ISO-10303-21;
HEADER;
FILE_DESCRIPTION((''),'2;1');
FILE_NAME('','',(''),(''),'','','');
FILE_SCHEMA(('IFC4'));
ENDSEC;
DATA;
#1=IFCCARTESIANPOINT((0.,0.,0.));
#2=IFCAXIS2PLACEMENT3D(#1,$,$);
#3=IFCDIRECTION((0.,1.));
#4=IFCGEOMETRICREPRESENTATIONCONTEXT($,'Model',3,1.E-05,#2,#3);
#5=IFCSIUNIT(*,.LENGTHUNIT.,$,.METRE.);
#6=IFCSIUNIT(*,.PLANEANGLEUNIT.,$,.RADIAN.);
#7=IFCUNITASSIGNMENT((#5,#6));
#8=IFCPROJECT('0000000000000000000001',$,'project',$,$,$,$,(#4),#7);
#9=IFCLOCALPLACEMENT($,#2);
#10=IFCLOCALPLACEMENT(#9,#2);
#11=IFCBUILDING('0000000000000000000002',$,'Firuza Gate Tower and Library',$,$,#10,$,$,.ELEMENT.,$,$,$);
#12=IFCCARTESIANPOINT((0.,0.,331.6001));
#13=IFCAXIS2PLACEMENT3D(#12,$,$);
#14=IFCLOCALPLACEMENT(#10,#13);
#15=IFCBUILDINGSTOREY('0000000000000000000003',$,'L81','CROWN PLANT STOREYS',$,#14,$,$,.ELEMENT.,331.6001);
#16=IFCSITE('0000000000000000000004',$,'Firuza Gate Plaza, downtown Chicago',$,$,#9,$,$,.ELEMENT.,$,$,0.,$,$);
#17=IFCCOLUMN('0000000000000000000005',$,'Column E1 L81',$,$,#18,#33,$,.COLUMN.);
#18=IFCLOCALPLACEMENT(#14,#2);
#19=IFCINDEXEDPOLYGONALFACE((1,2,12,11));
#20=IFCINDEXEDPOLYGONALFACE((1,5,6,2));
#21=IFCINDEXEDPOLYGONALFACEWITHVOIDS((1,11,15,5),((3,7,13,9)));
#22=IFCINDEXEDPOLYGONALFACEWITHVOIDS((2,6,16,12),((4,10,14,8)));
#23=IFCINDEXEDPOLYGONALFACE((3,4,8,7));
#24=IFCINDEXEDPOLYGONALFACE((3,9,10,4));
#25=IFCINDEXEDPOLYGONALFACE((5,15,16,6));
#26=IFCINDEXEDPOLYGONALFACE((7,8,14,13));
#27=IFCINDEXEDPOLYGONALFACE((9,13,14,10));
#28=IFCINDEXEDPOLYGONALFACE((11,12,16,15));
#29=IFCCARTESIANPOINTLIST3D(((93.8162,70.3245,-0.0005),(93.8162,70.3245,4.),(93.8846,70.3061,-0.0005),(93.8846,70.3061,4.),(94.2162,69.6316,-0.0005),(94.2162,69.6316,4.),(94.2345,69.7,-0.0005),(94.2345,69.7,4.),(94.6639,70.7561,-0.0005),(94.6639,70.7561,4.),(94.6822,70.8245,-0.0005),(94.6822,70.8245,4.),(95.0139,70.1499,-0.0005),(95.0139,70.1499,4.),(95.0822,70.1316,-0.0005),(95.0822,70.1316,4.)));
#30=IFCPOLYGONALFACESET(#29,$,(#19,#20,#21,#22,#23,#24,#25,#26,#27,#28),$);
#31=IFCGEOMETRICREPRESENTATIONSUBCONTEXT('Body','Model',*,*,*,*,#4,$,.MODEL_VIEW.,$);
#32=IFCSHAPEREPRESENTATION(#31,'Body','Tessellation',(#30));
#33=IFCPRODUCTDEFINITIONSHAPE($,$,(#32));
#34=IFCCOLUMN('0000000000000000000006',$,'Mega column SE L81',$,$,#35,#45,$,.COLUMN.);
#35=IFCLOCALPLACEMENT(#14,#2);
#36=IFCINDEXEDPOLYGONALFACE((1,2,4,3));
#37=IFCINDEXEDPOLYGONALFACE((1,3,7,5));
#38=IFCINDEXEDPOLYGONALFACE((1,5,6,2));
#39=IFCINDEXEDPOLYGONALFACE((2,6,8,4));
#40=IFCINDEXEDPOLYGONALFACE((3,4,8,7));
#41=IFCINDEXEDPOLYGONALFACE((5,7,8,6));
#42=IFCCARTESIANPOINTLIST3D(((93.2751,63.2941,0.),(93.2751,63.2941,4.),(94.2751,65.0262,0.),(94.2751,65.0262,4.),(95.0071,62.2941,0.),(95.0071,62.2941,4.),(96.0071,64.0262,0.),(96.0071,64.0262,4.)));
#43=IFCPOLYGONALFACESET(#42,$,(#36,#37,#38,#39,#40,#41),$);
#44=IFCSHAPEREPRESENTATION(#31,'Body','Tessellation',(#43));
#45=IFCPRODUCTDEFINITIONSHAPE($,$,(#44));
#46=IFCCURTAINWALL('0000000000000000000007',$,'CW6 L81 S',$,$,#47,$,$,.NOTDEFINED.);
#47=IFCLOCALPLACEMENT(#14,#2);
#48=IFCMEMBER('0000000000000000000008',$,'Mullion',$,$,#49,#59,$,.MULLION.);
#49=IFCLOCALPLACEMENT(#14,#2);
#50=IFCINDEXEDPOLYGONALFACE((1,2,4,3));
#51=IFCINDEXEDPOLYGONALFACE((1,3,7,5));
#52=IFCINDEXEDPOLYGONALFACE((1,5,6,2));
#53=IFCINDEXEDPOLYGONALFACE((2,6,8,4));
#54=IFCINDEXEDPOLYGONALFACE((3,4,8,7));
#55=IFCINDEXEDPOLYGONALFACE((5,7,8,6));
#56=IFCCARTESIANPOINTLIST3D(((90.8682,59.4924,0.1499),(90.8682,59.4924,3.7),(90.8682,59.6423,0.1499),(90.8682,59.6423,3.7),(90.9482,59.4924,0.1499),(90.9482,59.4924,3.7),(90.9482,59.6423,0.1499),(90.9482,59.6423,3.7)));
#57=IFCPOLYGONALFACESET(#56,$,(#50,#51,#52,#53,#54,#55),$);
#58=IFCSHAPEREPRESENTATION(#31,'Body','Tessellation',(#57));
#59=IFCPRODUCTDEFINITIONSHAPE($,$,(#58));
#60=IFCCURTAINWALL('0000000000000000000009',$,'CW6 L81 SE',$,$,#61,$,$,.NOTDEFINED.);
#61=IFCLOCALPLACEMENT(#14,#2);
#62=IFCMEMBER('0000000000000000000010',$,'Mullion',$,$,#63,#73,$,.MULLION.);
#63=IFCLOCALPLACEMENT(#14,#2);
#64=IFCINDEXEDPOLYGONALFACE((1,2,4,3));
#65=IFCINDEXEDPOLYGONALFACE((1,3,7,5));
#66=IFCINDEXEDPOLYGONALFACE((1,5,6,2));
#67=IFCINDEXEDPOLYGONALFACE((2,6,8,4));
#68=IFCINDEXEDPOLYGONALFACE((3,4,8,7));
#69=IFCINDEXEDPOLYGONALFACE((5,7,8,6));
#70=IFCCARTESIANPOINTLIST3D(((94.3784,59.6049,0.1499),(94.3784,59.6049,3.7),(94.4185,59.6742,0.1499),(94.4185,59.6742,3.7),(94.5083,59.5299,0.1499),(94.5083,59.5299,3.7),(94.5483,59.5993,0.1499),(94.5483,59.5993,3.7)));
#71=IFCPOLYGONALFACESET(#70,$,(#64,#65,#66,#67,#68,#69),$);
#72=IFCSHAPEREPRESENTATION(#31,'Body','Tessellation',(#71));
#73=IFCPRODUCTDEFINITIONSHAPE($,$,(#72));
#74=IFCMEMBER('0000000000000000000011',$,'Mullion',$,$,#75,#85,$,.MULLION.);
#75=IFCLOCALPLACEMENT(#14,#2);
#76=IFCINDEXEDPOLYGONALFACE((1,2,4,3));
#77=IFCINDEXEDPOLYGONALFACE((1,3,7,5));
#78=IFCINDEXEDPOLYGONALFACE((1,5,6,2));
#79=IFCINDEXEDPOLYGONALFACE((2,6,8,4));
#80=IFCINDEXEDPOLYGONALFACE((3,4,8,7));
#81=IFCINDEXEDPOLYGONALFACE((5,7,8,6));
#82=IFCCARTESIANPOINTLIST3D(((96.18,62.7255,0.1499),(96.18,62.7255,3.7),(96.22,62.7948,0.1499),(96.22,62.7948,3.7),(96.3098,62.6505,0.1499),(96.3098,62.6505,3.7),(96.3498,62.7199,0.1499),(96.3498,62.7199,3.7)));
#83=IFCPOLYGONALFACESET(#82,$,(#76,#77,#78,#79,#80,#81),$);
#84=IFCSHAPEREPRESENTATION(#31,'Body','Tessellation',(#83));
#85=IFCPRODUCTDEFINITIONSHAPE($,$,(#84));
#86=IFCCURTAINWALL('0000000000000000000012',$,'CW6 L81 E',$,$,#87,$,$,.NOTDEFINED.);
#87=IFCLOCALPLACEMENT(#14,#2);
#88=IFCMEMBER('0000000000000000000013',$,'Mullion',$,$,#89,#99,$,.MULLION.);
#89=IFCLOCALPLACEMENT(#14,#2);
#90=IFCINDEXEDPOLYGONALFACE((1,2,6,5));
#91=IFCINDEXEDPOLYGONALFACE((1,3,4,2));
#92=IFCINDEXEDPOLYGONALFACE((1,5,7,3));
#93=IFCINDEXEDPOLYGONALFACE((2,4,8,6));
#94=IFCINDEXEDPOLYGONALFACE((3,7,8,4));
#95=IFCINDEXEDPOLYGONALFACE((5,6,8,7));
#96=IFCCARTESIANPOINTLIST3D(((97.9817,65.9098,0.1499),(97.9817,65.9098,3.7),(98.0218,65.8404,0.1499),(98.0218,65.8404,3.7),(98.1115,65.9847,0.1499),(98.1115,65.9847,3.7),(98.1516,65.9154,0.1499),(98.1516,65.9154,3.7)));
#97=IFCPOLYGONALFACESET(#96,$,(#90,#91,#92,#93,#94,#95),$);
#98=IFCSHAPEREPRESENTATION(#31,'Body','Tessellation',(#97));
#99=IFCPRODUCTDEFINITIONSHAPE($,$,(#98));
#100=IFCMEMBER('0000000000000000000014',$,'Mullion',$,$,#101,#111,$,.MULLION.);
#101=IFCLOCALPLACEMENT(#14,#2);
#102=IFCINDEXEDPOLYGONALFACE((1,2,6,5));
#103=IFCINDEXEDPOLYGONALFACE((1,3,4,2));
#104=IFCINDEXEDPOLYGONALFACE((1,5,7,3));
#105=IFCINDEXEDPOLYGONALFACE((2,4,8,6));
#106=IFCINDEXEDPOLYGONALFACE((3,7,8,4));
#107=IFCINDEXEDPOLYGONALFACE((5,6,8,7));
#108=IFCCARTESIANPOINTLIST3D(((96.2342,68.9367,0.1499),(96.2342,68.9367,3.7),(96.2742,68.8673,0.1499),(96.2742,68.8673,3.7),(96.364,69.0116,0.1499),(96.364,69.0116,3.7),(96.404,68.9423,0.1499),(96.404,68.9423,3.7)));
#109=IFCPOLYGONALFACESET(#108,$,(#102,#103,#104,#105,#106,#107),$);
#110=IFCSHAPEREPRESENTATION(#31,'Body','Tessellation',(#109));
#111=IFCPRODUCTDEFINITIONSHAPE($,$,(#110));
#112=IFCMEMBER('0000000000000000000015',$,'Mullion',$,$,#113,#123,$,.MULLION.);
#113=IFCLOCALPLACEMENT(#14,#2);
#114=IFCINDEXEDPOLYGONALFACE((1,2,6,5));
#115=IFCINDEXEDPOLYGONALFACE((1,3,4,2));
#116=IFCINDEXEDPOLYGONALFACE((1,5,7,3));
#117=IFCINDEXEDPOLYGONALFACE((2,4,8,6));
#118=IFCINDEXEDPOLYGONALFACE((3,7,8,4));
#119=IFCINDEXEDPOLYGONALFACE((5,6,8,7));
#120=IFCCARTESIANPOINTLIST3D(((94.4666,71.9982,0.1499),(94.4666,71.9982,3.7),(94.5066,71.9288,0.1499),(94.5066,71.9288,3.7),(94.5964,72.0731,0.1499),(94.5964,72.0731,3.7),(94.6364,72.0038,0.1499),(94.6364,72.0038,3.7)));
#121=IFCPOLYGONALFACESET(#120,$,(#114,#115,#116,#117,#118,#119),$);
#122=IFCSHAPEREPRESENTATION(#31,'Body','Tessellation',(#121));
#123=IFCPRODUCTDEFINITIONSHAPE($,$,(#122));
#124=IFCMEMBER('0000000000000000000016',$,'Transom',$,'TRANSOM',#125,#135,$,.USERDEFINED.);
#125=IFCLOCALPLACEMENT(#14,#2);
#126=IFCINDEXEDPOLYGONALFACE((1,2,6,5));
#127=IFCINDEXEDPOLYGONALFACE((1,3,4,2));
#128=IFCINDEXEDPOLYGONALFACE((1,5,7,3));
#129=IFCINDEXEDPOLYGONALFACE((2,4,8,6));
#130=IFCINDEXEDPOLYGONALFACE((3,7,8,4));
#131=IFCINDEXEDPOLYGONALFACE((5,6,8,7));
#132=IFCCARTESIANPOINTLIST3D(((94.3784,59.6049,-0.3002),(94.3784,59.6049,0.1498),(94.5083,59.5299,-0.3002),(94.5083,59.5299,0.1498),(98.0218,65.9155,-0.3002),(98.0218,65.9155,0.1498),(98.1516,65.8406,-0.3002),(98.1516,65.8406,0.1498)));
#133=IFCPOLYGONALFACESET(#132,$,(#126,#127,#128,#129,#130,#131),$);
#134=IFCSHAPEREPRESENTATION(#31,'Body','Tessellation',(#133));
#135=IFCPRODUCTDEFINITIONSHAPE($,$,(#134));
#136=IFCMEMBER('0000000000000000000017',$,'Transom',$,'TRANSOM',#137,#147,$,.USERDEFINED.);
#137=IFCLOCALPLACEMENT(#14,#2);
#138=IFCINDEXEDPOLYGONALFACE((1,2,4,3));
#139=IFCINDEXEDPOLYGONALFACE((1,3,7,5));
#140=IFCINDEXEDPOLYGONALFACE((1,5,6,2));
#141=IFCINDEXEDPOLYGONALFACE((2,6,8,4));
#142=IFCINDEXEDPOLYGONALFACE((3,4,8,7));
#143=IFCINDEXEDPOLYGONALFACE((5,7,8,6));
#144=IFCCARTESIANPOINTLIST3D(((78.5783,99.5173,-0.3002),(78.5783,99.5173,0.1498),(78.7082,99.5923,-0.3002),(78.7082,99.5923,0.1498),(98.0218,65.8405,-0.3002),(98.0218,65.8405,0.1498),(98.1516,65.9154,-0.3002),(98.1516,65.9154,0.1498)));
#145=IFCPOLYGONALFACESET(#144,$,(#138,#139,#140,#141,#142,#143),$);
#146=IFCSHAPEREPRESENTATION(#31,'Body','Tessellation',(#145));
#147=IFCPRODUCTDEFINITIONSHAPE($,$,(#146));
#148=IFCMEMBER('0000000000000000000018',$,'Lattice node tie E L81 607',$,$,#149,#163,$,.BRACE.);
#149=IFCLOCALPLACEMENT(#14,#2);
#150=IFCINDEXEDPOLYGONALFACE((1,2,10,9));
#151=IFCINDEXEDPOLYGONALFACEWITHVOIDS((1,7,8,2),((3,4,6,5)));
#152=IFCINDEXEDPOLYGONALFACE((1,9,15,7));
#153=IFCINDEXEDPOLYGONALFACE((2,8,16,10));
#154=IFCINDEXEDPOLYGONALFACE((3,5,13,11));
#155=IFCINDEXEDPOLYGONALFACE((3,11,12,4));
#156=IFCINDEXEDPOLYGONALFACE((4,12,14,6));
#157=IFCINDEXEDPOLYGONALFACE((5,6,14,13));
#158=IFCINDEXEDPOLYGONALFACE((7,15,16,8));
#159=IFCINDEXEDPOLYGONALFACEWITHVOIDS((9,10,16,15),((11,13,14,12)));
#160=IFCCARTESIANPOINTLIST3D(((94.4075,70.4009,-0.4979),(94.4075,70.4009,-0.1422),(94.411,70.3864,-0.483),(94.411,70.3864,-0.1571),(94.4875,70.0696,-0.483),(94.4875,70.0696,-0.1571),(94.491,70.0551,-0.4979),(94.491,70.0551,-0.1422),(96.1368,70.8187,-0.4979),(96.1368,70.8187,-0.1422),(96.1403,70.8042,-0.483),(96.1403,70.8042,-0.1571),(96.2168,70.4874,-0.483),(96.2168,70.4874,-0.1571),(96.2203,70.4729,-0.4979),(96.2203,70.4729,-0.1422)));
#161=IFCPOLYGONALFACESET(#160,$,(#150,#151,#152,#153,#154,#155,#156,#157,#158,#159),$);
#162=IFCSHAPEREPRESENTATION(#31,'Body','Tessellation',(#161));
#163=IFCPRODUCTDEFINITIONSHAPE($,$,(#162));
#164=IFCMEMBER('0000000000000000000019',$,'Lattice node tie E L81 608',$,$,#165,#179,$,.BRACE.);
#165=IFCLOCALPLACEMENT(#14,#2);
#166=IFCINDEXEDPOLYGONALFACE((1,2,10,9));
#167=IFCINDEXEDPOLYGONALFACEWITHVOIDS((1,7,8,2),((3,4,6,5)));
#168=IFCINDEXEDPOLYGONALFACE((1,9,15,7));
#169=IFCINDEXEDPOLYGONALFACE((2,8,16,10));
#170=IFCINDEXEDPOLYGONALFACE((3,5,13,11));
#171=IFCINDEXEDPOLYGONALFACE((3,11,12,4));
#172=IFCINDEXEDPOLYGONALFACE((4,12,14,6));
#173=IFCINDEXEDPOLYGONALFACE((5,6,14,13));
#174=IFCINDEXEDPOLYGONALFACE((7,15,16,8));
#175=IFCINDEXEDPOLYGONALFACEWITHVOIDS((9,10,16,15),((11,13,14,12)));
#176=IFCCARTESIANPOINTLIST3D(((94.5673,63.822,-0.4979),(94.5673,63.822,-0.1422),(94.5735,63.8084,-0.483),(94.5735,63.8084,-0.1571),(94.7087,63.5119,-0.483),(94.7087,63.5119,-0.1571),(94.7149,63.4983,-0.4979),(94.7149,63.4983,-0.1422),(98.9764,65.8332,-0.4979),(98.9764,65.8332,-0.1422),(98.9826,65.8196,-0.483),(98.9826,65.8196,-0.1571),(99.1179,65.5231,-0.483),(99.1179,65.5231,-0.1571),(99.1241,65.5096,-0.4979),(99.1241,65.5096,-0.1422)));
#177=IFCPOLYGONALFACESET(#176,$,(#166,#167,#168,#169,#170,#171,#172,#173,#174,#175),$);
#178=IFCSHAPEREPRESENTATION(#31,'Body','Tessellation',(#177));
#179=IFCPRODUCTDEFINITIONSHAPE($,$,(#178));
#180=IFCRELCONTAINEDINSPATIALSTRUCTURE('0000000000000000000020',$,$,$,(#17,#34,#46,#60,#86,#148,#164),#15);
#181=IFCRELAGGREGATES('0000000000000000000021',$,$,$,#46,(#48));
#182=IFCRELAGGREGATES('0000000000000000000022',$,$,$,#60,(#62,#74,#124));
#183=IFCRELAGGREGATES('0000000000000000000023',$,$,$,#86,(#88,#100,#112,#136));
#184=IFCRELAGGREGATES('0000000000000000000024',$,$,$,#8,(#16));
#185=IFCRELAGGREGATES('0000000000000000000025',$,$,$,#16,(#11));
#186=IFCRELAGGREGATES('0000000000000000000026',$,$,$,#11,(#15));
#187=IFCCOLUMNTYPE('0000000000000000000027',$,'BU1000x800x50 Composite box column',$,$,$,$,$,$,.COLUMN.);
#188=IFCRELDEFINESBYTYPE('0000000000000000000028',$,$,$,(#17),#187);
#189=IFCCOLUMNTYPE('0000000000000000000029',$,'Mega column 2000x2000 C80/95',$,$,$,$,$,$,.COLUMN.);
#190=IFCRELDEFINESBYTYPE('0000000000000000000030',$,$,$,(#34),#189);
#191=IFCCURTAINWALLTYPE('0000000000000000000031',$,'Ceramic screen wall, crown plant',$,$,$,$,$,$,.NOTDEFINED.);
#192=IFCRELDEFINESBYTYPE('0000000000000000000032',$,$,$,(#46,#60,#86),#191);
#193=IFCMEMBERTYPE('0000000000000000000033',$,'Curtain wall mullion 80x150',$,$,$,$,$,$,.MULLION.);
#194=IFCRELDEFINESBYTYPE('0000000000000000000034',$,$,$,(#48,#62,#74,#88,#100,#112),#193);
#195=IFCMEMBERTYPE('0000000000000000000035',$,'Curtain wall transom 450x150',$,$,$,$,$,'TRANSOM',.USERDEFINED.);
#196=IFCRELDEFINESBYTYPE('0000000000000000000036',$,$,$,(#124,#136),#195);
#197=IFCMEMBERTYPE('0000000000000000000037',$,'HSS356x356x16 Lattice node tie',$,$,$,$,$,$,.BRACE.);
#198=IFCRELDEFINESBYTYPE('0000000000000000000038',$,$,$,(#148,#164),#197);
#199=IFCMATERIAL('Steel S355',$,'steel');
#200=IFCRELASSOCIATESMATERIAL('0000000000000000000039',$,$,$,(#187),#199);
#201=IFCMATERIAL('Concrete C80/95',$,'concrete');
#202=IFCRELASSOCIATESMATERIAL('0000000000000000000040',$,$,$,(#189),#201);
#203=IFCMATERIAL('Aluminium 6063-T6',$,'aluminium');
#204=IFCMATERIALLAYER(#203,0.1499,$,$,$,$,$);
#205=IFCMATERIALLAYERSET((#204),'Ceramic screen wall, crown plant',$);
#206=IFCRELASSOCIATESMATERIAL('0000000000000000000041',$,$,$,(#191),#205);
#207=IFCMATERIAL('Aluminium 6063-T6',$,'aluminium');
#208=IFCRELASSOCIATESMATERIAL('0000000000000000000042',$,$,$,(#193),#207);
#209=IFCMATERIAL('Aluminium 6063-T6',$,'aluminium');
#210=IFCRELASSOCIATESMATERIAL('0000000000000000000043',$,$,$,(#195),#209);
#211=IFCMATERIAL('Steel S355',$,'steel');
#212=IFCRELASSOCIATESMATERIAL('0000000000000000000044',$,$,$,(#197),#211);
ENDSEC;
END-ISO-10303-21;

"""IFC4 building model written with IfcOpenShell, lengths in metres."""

from ifc_helpers import new_model, si_unit, direction, frame, origin, origin_2d, place, context, subcontext, project, spatial, rectangle, hollow_rectangle, extrude, material, layer, layer_set, material_profile, profile_set, type_object, element, aggregate, save


model = new_model("IFC4")

# Units and contexts
model_context = context("Model", 3, precision=1e-05, world=origin(), true_north=direction((0.0, 1.0)))
body_context = subcontext(model_context, "Body", "Model", "MODEL_VIEW")
ifc_project = project(units=[si_unit("LENGTHUNIT", "METRE"), si_unit("PLANEANGLEUNIT", "RADIAN")], contexts=[model_context])

# Site, building, storey
site_placement = place(None, origin())
site = spatial("IfcSite", under=ifc_project, at=site_placement, Name="Firuza Gate Plaza, downtown Chicago", CompositionType="ELEMENT", RefElevation=0.0)
building_placement = place(site_placement, origin())
building = spatial("IfcBuilding", under=site, at=building_placement, Name="Firuza Gate Tower and Library", CompositionType="ELEMENT")
storey_placement = place(building_placement, frame((0.0, 0.0, 331.6001)))
storey = spatial("IfcBuildingStorey", under=building, at=storey_placement, Name="L81", Description="CROWN PLANT STOREYS", CompositionType="ELEMENT", Elevation=331.6001)

# Columns
ifc_material_1 = material(Name="Steel S355", Category="steel")
ifc_material_profile_1 = material_profile(ifc_material_1, hollow_rectangle(XDim=0.8, YDim=1.0, WallThickness=0.05, at=origin_2d()))
ifc_profile_set_1 = profile_set([ifc_material_profile_1], Name="Steel S355")
column_type_1 = type_object("IfcColumnType", Name="BU1000x800x50 Composite box column", PredefinedType="COLUMN", material=ifc_profile_set_1)
column_1_placement = place(storey_placement, frame((94.4492, 70.228, -0.0005), z_axis=(0.0, 0.0, 1.0), x_axis=(-0.5, 0.866025, 0.0)))
element("IfcColumn", 1, at=column_1_placement, inside=storey, type_object=column_type_1, Name="Column E1 L81", PredefinedType="COLUMN", context=body_context, shape_type="SweptSolid", body=[
    extrude(hollow_rectangle(XDim=0.8, YDim=1.0, WallThickness=0.05, at=origin_2d()), origin(), (0.0, 0.0, 1.0), 4.0005),
])
ifc_material_2 = material(Name="Concrete C80/95", Category="concrete")
ifc_material_profile_2 = material_profile(ifc_material_2, rectangle(XDim=2.0, YDim=2.0, at=origin_2d()))
ifc_profile_set_2 = profile_set([ifc_material_profile_2], Name="Concrete C80/95")
column_type_2 = type_object("IfcColumnType", Name="Mega column 2000x2000 C80/95", PredefinedType="COLUMN", material=ifc_profile_set_2)
column_2_placement = place(storey_placement, frame((94.6411, 63.6602, 0.0), z_axis=(0.0, 0.0, 1.0), x_axis=(0.5, 0.866025, 0.0)))
element("IfcColumn", 2, at=column_2_placement, inside=storey, type_object=column_type_2, Name="Mega column SE L81", PredefinedType="COLUMN", context=body_context, shape_type="SweptSolid", body=[
    extrude(rectangle(XDim=2.0, YDim=2.0, at=origin_2d()), origin(), (0.0, 0.0, 1.0), 4.0),
])

# Curtain wall, member
ifc_material_3 = material(Name="Aluminium 6063-T6", Category="aluminium")
ifc_layer_1 = layer(ifc_material_3, 0.1499)
ifc_layer_set_1 = layer_set([ifc_layer_1], Name="Ceramic screen wall, crown plant")
curtain_wall_type = type_object("IfcCurtainWallType", Name="Ceramic screen wall, crown plant", PredefinedType="NOTDEFINED", material=ifc_layer_set_1)
placement = place(storey_placement, origin())
curtain_wall_1 = element("IfcCurtainWall", 3, at=placement, inside=storey, type_object=curtain_wall_type, Name="CW6 L81 S", PredefinedType="NOTDEFINED")
ifc_material_4 = material(Name="Aluminium 6063-T6", Category="aluminium")
ifc_material_profile_3 = material_profile(ifc_material_4, rectangle(XDim=0.1499, YDim=0.0801, at=origin_2d()))
ifc_profile_set_3 = profile_set([ifc_material_profile_3], Name="Aluminium 6063-T6")
member_type_1 = type_object("IfcMemberType", Name="Curtain wall mullion 80x150", PredefinedType="MULLION", material=ifc_profile_set_3)
member_1_placement = place(storey_placement, frame((90.9082, 59.5674, 0.1499), z_axis=(0.0, 0.0, 1.0), x_axis=(0.0, 1.0, 0.0)))
member_1 = element("IfcMember", 4, at=member_1_placement, type_object=member_type_1, Name="Mullion", PredefinedType="MULLION", context=body_context, shape_type="SweptSolid", body=[
    extrude(rectangle(XDim=0.1499, YDim=0.0801, at=origin_2d()), origin(), (0.0, 0.0, 1.0), 3.55),
])

# Curtain walls, members
curtain_wall_2 = element("IfcCurtainWall", 5, at=placement, inside=storey, type_object=curtain_wall_type, Name="CW6 L81 SE", PredefinedType="NOTDEFINED")
member_2_placement = place(storey_placement, frame((94.4634, 59.6021, 0.1499), z_axis=(0.0, 0.0, 1.0), x_axis=(-0.866025, 0.5, 0.0)))
member_2 = element("IfcMember", 6, at=member_2_placement, type_object=member_type_1, Name="Mullion", PredefinedType="MULLION", context=body_context, shape_type="SweptSolid", body=[
    extrude(rectangle(XDim=0.1499, YDim=0.0801, at=origin_2d()), origin(), (0.0, 0.0, 1.0), 3.55),
])
member_3_placement = place(storey_placement, frame((96.2649, 62.7227, 0.1499), z_axis=(0.0, 0.0, 1.0), x_axis=(-0.866025, 0.5, 0.0)))
member_3 = element("IfcMember", 7, at=member_3_placement, type_object=member_type_1, Name="Mullion", PredefinedType="MULLION", context=body_context, shape_type="SweptSolid", body=[
    extrude(rectangle(XDim=0.1499, YDim=0.0801, at=origin_2d()), origin(), (0.0, 0.0, 1.0), 3.55),
])
curtain_wall_3 = element("IfcCurtainWall", 8, at=placement, inside=storey, type_object=curtain_wall_type, Name="CW6 L81 E", PredefinedType="NOTDEFINED")
member_4_placement = place(storey_placement, frame((98.0667, 65.9126, 0.1499), z_axis=(0.0, 0.0, 1.0), x_axis=(-0.866025, -0.5, 0.0)))
member_4 = element("IfcMember", 9, at=member_4_placement, type_object=member_type_1, Name="Mullion", PredefinedType="MULLION", context=body_context, shape_type="SweptSolid", body=[
    extrude(rectangle(XDim=0.1499, YDim=0.0801, at=origin_2d()), origin(), (0.0, 0.0, 1.0), 3.55),
])
member_5_placement = place(storey_placement, frame((96.3191, 68.9395, 0.1499), z_axis=(0.0, 0.0, 1.0), x_axis=(-0.866025, -0.5, 0.0)))
member_5 = element("IfcMember", 10, at=member_5_placement, type_object=member_type_1, Name="Mullion", PredefinedType="MULLION", context=body_context, shape_type="SweptSolid", body=[
    extrude(rectangle(XDim=0.1499, YDim=0.0801, at=origin_2d()), origin(), (0.0, 0.0, 1.0), 3.55),
])
member_6_placement = place(storey_placement, frame((94.5515, 72.001, 0.1499), z_axis=(0.0, 0.0, 1.0), x_axis=(-0.866025, -0.5, 0.0)))
member_6 = element("IfcMember", 11, at=member_6_placement, type_object=member_type_1, Name="Mullion", PredefinedType="MULLION", context=body_context, shape_type="SweptSolid", body=[
    extrude(rectangle(XDim=0.1499, YDim=0.0801, at=origin_2d()), origin(), (0.0, 0.0, 1.0), 3.55),
])

# Members
ifc_material_5 = material(Name="Aluminium 6063-T6", Category="aluminium")
ifc_material_profile_4 = material_profile(ifc_material_5, rectangle(XDim=0.1499, YDim=0.45, at=origin_2d()))
ifc_profile_set_4 = profile_set([ifc_material_profile_4], Name="Aluminium 6063-T6")
member_type_2 = type_object("IfcMemberType", Name="Curtain wall transom 450x150", ElementType="TRANSOM", PredefinedType="USERDEFINED", material=ifc_profile_set_4)
member_7_placement = place(storey_placement, frame((94.4434, 59.5674, -0.0752), z_axis=(0.499991, 0.86603, 0.0), x_axis=(-0.86603, 0.499991, 0.0)))
member_7 = element("IfcMember", 12, at=member_7_placement, type_object=member_type_2, Name="Transom", ObjectType="TRANSOM", PredefinedType="USERDEFINED", context=body_context, shape_type="SweptSolid", body=[
    extrude(rectangle(XDim=0.1499, YDim=0.45, at=origin_2d()), origin(), (0.0, 0.0, 1.0), 7.2869),
])
member_8_placement = place(storey_placement, frame((98.0867, 65.8779, -0.0752), z_axis=(-0.500001, 0.866025, 0.0), x_axis=(-0.866025, -0.500001, 0.0)))
member_8 = element("IfcMember", 13, at=member_8_placement, type_object=member_type_2, Name="Transom", ObjectType="TRANSOM", PredefinedType="USERDEFINED", context=body_context, shape_type="SweptSolid", body=[
    extrude(rectangle(XDim=0.1499, YDim=0.45, at=origin_2d()), origin(), (0.0, 0.0, 1.0), 38.8867),
])

# Members
ifc_material_6 = material(Name="Steel S355", Category="steel")
ifc_material_profile_5 = material_profile(ifc_material_6, hollow_rectangle(XDim=0.3557, YDim=0.3557, WallThickness=0.0149, at=origin_2d()))
ifc_profile_set_5 = profile_set([ifc_material_profile_5], Name="Steel S355")
member_type_3 = type_object("IfcMemberType", Name="HSS356x356x16 Lattice node tie", PredefinedType="BRACE", material=ifc_profile_set_5)
member_9_placement = place(storey_placement, frame((94.4492, 70.228, -0.3201), z_axis=(0.972041, 0.23481, 0.0), x_axis=(-0.23481, 0.972041, 0.0)))
element("IfcMember", 14, at=member_9_placement, inside=storey, type_object=member_type_3, Name="Lattice node tie E L81 607", PredefinedType="BRACE", context=body_context, shape_type="SweptSolid", body=[
    extrude(hollow_rectangle(XDim=0.3557, YDim=0.3557, WallThickness=0.0149, at=origin_2d()), origin(), (0.0, 0.0, 1.0), 1.7791),
])
member_10_placement = place(storey_placement, frame((94.6411, 63.6602, -0.3201), z_axis=(0.909817, 0.41501, 0.0), x_axis=(-0.41501, 0.909817, 0.0)))
element("IfcMember", 15, at=member_10_placement, inside=storey, type_object=member_type_3, Name="Lattice node tie E L81 608", PredefinedType="BRACE", context=body_context, shape_type="SweptSolid", body=[
    extrude(hollow_rectangle(XDim=0.3557, YDim=0.3557, WallThickness=0.0149, at=origin_2d()), origin(), (0.0, 0.0, 1.0), 4.8462),
])

aggregate(curtain_wall_1, [member_1])
aggregate(curtain_wall_2, [member_2, member_3, member_7])
aggregate(curtain_wall_3, [member_4, member_5, member_6, member_8])

save(model, "model.ifc")
